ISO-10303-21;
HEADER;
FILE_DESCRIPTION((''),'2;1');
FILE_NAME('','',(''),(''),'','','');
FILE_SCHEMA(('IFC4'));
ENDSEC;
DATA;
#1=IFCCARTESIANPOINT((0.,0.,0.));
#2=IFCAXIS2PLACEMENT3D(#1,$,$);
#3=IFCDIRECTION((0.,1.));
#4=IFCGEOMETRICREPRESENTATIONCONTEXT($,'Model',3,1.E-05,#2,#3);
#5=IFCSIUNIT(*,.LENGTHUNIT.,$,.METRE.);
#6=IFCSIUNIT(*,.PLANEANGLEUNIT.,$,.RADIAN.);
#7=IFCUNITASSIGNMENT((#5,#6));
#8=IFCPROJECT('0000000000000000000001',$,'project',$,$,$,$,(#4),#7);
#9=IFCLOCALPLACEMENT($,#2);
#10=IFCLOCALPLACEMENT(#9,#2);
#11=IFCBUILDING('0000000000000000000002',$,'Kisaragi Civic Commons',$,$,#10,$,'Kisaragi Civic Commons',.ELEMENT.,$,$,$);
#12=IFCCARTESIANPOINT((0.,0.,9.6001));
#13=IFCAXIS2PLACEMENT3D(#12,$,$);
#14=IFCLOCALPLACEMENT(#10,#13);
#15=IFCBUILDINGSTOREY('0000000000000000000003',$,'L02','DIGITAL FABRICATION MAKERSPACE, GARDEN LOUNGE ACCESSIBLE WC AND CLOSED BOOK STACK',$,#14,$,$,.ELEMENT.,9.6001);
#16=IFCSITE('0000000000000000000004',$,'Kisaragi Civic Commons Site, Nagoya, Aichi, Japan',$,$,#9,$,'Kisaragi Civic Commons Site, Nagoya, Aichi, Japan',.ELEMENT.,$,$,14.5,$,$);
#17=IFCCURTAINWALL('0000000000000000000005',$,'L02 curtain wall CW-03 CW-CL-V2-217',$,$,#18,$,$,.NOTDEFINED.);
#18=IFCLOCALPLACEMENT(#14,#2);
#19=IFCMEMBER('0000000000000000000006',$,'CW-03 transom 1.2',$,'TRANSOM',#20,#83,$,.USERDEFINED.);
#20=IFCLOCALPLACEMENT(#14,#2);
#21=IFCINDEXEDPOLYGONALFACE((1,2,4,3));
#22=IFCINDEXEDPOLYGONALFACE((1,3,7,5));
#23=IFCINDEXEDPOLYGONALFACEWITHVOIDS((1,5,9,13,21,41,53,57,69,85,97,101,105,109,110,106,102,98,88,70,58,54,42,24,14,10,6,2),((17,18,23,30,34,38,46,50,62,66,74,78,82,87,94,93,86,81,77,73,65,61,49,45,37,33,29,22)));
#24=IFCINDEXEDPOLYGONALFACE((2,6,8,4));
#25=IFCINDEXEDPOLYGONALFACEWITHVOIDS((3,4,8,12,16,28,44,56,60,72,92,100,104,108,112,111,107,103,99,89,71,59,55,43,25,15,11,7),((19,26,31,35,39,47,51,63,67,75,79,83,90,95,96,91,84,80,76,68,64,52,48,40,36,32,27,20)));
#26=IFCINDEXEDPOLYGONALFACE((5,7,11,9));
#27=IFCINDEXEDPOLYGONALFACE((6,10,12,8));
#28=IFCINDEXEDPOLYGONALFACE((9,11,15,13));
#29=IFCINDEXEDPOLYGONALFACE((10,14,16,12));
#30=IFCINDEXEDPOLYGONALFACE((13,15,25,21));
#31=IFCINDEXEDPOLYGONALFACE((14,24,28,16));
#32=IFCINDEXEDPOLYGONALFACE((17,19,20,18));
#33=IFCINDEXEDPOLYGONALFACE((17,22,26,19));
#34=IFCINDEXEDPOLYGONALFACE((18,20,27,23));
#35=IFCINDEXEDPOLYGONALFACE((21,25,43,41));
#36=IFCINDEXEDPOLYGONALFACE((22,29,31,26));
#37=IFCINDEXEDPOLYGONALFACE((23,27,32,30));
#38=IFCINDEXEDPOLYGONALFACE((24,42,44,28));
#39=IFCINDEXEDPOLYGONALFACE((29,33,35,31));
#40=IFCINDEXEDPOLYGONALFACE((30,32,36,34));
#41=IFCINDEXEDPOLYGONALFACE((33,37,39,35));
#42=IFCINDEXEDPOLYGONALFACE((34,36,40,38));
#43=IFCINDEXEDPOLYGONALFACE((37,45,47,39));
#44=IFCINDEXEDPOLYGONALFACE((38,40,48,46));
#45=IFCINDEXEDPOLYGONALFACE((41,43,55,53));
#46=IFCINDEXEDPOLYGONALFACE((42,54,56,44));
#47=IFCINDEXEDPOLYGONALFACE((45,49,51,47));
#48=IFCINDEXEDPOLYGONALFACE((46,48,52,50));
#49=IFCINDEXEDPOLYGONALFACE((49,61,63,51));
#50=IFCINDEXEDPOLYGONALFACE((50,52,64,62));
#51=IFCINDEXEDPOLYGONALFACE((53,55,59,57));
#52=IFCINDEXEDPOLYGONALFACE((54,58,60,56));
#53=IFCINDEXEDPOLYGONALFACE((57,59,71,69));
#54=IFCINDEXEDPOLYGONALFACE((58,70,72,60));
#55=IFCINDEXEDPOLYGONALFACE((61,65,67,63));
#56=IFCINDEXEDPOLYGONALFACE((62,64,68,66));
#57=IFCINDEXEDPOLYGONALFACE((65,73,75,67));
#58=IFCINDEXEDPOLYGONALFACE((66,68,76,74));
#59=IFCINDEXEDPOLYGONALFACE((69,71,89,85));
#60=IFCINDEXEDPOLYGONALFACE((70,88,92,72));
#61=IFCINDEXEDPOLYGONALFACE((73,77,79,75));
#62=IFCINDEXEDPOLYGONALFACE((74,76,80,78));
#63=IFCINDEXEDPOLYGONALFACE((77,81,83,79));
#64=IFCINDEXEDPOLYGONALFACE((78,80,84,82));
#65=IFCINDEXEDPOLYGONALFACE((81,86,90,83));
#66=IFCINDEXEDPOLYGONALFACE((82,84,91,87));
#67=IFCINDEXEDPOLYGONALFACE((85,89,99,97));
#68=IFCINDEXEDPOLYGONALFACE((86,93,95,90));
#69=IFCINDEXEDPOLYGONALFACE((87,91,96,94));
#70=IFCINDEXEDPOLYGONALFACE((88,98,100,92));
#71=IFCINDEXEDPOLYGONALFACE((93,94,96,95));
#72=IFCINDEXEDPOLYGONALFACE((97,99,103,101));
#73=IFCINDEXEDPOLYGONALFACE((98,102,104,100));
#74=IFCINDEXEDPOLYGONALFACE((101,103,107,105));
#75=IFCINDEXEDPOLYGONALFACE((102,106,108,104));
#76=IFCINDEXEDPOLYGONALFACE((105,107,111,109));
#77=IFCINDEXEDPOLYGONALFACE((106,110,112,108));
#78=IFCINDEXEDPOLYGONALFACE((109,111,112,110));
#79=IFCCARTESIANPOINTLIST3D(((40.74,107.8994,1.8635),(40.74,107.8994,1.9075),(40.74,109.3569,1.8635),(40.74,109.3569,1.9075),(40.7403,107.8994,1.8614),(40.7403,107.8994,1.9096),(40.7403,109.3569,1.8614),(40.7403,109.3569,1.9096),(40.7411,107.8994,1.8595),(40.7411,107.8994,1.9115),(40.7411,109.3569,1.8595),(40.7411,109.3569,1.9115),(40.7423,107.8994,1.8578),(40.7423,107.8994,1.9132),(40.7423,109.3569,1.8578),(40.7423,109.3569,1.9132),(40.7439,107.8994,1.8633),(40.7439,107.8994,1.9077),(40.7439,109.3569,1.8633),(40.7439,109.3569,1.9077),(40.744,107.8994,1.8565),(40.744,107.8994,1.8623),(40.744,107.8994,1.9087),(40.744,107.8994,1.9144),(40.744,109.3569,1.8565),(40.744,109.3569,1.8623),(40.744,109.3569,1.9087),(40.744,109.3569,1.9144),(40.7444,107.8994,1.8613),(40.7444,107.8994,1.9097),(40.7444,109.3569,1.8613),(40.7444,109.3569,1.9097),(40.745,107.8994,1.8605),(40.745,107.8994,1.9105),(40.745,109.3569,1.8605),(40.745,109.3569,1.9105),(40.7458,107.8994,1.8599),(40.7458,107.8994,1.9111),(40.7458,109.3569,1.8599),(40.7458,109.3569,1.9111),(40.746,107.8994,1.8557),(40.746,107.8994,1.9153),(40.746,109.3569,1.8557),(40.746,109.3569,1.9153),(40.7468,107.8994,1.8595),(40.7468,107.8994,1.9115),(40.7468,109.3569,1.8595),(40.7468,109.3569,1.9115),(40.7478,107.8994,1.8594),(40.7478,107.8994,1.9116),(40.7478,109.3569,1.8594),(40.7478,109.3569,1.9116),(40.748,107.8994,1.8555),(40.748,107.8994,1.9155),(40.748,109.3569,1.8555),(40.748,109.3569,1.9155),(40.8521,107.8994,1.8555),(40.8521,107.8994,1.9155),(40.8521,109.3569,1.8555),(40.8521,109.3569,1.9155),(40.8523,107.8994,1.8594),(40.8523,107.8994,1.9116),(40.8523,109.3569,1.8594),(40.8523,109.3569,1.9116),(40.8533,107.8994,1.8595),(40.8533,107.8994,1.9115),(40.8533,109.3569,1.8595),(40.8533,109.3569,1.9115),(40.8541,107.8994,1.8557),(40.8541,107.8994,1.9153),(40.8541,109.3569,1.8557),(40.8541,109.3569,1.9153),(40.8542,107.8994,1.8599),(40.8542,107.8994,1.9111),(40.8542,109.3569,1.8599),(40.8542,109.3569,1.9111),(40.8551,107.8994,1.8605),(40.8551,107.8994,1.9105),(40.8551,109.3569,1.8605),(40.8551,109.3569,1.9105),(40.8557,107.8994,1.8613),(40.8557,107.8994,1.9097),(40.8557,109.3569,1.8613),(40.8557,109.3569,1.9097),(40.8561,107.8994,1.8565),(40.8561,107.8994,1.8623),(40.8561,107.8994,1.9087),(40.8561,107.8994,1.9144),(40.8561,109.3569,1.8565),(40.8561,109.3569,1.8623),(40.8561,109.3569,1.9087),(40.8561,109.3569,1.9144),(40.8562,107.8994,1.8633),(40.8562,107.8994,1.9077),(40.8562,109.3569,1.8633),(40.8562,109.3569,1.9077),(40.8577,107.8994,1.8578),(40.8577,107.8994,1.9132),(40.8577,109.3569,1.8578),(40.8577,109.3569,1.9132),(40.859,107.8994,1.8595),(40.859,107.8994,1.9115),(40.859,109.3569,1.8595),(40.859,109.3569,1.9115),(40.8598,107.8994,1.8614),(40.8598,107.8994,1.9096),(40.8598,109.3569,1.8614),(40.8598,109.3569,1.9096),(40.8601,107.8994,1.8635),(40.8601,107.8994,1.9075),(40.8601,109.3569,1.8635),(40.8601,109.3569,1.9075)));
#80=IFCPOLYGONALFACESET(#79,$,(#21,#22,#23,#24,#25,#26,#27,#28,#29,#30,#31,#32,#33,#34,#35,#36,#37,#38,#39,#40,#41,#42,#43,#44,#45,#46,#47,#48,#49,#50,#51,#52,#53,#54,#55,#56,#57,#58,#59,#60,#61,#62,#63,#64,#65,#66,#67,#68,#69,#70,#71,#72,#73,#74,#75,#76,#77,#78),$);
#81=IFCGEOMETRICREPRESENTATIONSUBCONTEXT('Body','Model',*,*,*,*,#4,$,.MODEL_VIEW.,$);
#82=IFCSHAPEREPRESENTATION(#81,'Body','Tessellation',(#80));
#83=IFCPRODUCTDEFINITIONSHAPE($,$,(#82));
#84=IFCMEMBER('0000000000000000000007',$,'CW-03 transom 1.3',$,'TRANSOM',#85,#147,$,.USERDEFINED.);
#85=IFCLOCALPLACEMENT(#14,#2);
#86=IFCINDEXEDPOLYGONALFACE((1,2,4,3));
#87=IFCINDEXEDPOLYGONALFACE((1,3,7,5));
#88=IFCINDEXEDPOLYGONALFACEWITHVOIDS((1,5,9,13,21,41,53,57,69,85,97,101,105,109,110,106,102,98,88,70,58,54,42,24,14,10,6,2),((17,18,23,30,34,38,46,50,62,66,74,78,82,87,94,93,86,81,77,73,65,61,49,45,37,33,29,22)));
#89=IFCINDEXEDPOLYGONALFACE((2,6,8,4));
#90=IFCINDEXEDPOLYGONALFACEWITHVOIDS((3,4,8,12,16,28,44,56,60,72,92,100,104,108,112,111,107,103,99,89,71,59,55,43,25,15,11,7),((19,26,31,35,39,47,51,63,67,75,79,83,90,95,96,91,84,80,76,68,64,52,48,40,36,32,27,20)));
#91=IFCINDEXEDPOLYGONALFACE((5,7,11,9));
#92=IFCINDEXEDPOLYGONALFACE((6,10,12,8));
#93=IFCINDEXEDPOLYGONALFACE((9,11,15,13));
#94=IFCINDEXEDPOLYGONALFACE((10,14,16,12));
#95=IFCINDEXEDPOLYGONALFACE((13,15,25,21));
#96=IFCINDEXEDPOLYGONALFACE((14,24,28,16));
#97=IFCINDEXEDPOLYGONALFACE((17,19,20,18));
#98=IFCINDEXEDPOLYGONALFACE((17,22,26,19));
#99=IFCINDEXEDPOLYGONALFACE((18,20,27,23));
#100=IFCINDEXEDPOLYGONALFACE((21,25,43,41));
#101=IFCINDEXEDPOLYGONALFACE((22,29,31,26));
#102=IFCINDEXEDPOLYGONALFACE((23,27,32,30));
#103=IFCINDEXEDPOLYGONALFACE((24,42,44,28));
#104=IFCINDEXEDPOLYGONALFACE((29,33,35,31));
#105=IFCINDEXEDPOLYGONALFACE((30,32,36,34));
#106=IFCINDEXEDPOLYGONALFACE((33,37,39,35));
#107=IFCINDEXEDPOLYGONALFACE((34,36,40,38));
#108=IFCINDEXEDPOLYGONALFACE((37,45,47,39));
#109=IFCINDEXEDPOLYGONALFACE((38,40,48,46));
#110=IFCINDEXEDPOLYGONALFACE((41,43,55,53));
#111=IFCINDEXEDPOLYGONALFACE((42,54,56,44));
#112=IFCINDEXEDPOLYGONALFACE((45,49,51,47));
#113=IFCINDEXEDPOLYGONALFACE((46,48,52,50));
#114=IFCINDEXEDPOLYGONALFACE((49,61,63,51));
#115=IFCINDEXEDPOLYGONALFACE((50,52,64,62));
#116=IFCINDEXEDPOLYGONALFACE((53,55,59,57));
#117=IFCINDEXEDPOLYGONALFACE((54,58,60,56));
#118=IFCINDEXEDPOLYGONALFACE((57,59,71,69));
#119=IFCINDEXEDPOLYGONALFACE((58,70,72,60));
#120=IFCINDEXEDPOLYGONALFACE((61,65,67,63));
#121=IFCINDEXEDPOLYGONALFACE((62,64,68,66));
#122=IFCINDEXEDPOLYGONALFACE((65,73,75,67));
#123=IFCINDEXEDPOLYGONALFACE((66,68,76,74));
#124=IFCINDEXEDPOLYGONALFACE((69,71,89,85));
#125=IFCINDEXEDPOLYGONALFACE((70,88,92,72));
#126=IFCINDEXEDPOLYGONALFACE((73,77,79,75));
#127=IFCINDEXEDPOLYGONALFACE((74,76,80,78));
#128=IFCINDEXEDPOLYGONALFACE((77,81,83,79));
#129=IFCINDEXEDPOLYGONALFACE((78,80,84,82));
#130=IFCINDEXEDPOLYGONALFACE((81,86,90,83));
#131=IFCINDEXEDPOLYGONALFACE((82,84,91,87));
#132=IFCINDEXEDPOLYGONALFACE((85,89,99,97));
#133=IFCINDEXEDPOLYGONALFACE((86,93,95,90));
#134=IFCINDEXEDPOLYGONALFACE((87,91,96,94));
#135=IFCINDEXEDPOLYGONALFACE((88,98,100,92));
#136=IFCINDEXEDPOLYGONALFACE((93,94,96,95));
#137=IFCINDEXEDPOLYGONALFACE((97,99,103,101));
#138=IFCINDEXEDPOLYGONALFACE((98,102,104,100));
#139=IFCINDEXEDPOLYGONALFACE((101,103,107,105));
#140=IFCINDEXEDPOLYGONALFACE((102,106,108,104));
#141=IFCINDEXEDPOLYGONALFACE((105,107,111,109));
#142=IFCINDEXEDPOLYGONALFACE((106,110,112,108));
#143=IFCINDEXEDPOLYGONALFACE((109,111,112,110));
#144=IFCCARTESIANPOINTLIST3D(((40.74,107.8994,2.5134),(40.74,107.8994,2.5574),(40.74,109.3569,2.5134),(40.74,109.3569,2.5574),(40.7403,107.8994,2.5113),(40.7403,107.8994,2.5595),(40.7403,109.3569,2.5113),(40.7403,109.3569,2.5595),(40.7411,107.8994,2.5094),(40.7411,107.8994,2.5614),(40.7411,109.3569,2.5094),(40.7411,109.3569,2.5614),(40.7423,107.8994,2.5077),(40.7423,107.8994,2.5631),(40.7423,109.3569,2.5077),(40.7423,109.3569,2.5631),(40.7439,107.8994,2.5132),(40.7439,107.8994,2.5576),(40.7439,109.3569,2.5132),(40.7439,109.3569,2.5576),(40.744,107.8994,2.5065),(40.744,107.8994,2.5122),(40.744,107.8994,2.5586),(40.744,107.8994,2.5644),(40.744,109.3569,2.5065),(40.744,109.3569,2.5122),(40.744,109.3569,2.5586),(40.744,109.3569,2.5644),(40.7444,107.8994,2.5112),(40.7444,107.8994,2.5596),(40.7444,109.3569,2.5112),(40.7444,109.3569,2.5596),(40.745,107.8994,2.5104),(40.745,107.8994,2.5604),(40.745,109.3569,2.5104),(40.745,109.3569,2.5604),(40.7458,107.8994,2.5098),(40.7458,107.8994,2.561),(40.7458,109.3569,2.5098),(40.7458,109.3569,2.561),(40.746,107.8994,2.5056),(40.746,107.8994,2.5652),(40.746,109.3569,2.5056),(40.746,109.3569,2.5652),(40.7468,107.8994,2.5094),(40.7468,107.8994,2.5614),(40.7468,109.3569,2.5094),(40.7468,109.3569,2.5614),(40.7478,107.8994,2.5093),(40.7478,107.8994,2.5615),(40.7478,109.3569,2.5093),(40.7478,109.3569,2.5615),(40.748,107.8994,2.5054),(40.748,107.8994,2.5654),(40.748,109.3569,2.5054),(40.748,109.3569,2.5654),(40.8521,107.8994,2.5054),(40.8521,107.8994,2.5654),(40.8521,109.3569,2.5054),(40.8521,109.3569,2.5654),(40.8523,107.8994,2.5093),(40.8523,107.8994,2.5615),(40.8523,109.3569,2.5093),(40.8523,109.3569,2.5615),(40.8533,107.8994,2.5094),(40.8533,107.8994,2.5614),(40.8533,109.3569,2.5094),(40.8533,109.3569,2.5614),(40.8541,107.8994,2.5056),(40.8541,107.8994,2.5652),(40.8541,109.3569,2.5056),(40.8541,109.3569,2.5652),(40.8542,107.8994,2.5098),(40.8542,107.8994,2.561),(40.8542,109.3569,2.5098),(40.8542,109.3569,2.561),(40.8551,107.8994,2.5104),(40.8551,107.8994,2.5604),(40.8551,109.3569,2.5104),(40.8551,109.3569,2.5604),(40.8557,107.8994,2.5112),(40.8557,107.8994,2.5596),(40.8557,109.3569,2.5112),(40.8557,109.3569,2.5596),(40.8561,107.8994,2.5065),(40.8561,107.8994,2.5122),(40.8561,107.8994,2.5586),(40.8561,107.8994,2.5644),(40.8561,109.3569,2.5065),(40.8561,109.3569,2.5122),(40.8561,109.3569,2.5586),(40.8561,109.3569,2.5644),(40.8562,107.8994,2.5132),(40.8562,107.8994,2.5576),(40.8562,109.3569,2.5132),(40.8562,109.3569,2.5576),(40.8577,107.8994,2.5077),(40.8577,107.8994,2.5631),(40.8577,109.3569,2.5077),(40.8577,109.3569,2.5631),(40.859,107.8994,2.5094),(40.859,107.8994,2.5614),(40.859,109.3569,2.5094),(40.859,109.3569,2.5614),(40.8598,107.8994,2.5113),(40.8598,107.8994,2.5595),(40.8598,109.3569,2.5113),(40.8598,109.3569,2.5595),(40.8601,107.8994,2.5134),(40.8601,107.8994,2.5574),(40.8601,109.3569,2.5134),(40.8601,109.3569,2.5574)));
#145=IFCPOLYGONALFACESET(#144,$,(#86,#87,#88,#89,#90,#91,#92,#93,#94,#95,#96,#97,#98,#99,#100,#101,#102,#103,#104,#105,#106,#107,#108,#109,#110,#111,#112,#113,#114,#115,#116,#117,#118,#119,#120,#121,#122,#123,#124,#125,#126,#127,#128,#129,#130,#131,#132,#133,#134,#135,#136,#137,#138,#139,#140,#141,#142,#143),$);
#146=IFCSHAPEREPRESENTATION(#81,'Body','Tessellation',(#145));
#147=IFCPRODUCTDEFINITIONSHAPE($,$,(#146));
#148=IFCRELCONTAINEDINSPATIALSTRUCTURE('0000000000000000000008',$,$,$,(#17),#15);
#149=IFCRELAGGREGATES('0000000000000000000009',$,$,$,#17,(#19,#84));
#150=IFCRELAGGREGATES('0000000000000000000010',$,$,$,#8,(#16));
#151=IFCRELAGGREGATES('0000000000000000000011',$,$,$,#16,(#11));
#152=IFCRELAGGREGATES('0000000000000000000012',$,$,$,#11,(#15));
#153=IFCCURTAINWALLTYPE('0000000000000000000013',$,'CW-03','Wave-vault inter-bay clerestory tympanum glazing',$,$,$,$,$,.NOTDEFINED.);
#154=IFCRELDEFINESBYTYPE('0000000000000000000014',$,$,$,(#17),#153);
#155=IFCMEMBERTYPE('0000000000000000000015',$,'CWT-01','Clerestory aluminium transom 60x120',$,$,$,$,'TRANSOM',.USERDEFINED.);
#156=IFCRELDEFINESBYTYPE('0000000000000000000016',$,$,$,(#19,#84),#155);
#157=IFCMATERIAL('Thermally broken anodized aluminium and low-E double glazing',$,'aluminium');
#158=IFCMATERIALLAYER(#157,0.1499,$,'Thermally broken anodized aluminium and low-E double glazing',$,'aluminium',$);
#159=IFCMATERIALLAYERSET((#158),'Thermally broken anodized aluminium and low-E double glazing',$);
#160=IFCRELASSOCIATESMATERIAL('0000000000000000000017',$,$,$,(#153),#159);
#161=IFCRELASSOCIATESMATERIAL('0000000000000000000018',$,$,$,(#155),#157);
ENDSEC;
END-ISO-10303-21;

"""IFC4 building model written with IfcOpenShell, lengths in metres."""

from ifc_helpers import new_model, si_unit, direction, frame, origin, origin_2d, place, context, subcontext, project, spatial, hollow_rectangle, extrude, material, layer, layer_set, material_profile, profile_set, type_object, element, aggregate, save


model = new_model("IFC4")

# Units and contexts
model_context = context("Model", 3, precision=1e-05, world=origin(), true_north=direction((0.0, 1.0)))
body_context = subcontext(model_context, "Body", "Model", "MODEL_VIEW")
ifc_project = project(units=[si_unit("LENGTHUNIT", "METRE"), si_unit("PLANEANGLEUNIT", "RADIAN")], contexts=[model_context])

# Site, building, storey
site_placement = place(None, origin())
site = spatial("IfcSite", under=ifc_project, at=site_placement, Name="Kisaragi Civic Commons Site, Nagoya, Aichi, Japan", LongName="Kisaragi Civic Commons Site, Nagoya, Aichi, Japan", CompositionType="ELEMENT", RefElevation=14.5)
building_placement = place(site_placement, origin())
building = spatial("IfcBuilding", under=site, at=building_placement, Name="Kisaragi Civic Commons", LongName="Kisaragi Civic Commons", CompositionType="ELEMENT")
storey_placement = place(building_placement, frame((0.0, 0.0, 9.6001)))
storey = spatial("IfcBuildingStorey", under=building, at=storey_placement, Name="L02", Description="DIGITAL FABRICATION MAKERSPACE, GARDEN LOUNGE ACCESSIBLE WC AND CLOSED BOOK STACK", CompositionType="ELEMENT", Elevation=9.6001)

# Shared definitions
ifc_material_1 = material(Name="Thermally broken anodized aluminium and low-E double glazing", Category="aluminium")
ifc_layer_1 = layer(ifc_material_1, 0.1499, Name="Thermally broken anodized aluminium and low-E double glazing", Category="aluminium")
ifc_layer_set_1 = layer_set([ifc_layer_1], Name="Thermally broken anodized aluminium and low-E double glazing")
curtain_wall_type = type_object("IfcCurtainWallType", Name="CW-03", Description="Wave-vault inter-bay clerestory tympanum glazing", PredefinedType="NOTDEFINED", material=ifc_layer_set_1)

# Curtain wall, members
curtain_wall_1_placement = place(storey_placement, origin())
curtain_wall_1 = element("IfcCurtainWall", 1, at=curtain_wall_1_placement, inside=storey, type_object=curtain_wall_type, Name="L02 curtain wall CW-03 CW-CL-V2-217", PredefinedType="NOTDEFINED")
ifc_material_profile_1 = material_profile(ifc_material_1, hollow_rectangle(XDim=0.1201, YDim=0.0601, WallThickness=0.0039, InnerFilletRadius=0.0039, OuterFilletRadius=0.0081, at=origin_2d()), Name="CWT-60x120x4", Category="aluminium")
ifc_profile_set_1 = profile_set([ifc_material_profile_1], Name="Thermally broken anodized aluminium and low-E double glazing")
member_type_1 = type_object("IfcMemberType", Name="CWT-01", Description="Clerestory aluminium transom 60x120", ElementType="TRANSOM", PredefinedType="USERDEFINED", material=ifc_profile_set_1)
member_1_placement = place(storey_placement, frame((40.8, 107.8994, 1.8855), z_axis=(0.0, 1.0, 0.0), x_axis=(-1.0, 0.0, 0.0)))
member_1 = element("IfcMember", 2, at=member_1_placement, type_object=member_type_1, Name="CW-03 transom 1.2", ObjectType="TRANSOM", PredefinedType="USERDEFINED", context=body_context, shape_type="SweptSolid", body=[
    extrude(hollow_rectangle(XDim=0.1201, YDim=0.0601, WallThickness=0.0039, InnerFilletRadius=0.0039, OuterFilletRadius=0.0081, at=origin_2d()), origin(), (0.0, 0.0, 1.0), 1.4575),
])
member_2_placement = place(storey_placement, frame((40.8, 107.8994, 2.5354), z_axis=(0.0, 1.0, 0.0), x_axis=(-1.0, 0.0, 0.0)))
member_2 = element("IfcMember", 3, at=member_2_placement, type_object=member_type_1, Name="CW-03 transom 1.3", ObjectType="TRANSOM", PredefinedType="USERDEFINED", context=body_context, shape_type="SweptSolid", body=[
    extrude(hollow_rectangle(XDim=0.1201, YDim=0.0601, WallThickness=0.0039, InnerFilletRadius=0.0039, OuterFilletRadius=0.0081, at=origin_2d()), origin(), (0.0, 0.0, 1.0), 1.4575),
])

aggregate(curtain_wall_1, [member_1, member_2])

save(model, "model.ifc")
